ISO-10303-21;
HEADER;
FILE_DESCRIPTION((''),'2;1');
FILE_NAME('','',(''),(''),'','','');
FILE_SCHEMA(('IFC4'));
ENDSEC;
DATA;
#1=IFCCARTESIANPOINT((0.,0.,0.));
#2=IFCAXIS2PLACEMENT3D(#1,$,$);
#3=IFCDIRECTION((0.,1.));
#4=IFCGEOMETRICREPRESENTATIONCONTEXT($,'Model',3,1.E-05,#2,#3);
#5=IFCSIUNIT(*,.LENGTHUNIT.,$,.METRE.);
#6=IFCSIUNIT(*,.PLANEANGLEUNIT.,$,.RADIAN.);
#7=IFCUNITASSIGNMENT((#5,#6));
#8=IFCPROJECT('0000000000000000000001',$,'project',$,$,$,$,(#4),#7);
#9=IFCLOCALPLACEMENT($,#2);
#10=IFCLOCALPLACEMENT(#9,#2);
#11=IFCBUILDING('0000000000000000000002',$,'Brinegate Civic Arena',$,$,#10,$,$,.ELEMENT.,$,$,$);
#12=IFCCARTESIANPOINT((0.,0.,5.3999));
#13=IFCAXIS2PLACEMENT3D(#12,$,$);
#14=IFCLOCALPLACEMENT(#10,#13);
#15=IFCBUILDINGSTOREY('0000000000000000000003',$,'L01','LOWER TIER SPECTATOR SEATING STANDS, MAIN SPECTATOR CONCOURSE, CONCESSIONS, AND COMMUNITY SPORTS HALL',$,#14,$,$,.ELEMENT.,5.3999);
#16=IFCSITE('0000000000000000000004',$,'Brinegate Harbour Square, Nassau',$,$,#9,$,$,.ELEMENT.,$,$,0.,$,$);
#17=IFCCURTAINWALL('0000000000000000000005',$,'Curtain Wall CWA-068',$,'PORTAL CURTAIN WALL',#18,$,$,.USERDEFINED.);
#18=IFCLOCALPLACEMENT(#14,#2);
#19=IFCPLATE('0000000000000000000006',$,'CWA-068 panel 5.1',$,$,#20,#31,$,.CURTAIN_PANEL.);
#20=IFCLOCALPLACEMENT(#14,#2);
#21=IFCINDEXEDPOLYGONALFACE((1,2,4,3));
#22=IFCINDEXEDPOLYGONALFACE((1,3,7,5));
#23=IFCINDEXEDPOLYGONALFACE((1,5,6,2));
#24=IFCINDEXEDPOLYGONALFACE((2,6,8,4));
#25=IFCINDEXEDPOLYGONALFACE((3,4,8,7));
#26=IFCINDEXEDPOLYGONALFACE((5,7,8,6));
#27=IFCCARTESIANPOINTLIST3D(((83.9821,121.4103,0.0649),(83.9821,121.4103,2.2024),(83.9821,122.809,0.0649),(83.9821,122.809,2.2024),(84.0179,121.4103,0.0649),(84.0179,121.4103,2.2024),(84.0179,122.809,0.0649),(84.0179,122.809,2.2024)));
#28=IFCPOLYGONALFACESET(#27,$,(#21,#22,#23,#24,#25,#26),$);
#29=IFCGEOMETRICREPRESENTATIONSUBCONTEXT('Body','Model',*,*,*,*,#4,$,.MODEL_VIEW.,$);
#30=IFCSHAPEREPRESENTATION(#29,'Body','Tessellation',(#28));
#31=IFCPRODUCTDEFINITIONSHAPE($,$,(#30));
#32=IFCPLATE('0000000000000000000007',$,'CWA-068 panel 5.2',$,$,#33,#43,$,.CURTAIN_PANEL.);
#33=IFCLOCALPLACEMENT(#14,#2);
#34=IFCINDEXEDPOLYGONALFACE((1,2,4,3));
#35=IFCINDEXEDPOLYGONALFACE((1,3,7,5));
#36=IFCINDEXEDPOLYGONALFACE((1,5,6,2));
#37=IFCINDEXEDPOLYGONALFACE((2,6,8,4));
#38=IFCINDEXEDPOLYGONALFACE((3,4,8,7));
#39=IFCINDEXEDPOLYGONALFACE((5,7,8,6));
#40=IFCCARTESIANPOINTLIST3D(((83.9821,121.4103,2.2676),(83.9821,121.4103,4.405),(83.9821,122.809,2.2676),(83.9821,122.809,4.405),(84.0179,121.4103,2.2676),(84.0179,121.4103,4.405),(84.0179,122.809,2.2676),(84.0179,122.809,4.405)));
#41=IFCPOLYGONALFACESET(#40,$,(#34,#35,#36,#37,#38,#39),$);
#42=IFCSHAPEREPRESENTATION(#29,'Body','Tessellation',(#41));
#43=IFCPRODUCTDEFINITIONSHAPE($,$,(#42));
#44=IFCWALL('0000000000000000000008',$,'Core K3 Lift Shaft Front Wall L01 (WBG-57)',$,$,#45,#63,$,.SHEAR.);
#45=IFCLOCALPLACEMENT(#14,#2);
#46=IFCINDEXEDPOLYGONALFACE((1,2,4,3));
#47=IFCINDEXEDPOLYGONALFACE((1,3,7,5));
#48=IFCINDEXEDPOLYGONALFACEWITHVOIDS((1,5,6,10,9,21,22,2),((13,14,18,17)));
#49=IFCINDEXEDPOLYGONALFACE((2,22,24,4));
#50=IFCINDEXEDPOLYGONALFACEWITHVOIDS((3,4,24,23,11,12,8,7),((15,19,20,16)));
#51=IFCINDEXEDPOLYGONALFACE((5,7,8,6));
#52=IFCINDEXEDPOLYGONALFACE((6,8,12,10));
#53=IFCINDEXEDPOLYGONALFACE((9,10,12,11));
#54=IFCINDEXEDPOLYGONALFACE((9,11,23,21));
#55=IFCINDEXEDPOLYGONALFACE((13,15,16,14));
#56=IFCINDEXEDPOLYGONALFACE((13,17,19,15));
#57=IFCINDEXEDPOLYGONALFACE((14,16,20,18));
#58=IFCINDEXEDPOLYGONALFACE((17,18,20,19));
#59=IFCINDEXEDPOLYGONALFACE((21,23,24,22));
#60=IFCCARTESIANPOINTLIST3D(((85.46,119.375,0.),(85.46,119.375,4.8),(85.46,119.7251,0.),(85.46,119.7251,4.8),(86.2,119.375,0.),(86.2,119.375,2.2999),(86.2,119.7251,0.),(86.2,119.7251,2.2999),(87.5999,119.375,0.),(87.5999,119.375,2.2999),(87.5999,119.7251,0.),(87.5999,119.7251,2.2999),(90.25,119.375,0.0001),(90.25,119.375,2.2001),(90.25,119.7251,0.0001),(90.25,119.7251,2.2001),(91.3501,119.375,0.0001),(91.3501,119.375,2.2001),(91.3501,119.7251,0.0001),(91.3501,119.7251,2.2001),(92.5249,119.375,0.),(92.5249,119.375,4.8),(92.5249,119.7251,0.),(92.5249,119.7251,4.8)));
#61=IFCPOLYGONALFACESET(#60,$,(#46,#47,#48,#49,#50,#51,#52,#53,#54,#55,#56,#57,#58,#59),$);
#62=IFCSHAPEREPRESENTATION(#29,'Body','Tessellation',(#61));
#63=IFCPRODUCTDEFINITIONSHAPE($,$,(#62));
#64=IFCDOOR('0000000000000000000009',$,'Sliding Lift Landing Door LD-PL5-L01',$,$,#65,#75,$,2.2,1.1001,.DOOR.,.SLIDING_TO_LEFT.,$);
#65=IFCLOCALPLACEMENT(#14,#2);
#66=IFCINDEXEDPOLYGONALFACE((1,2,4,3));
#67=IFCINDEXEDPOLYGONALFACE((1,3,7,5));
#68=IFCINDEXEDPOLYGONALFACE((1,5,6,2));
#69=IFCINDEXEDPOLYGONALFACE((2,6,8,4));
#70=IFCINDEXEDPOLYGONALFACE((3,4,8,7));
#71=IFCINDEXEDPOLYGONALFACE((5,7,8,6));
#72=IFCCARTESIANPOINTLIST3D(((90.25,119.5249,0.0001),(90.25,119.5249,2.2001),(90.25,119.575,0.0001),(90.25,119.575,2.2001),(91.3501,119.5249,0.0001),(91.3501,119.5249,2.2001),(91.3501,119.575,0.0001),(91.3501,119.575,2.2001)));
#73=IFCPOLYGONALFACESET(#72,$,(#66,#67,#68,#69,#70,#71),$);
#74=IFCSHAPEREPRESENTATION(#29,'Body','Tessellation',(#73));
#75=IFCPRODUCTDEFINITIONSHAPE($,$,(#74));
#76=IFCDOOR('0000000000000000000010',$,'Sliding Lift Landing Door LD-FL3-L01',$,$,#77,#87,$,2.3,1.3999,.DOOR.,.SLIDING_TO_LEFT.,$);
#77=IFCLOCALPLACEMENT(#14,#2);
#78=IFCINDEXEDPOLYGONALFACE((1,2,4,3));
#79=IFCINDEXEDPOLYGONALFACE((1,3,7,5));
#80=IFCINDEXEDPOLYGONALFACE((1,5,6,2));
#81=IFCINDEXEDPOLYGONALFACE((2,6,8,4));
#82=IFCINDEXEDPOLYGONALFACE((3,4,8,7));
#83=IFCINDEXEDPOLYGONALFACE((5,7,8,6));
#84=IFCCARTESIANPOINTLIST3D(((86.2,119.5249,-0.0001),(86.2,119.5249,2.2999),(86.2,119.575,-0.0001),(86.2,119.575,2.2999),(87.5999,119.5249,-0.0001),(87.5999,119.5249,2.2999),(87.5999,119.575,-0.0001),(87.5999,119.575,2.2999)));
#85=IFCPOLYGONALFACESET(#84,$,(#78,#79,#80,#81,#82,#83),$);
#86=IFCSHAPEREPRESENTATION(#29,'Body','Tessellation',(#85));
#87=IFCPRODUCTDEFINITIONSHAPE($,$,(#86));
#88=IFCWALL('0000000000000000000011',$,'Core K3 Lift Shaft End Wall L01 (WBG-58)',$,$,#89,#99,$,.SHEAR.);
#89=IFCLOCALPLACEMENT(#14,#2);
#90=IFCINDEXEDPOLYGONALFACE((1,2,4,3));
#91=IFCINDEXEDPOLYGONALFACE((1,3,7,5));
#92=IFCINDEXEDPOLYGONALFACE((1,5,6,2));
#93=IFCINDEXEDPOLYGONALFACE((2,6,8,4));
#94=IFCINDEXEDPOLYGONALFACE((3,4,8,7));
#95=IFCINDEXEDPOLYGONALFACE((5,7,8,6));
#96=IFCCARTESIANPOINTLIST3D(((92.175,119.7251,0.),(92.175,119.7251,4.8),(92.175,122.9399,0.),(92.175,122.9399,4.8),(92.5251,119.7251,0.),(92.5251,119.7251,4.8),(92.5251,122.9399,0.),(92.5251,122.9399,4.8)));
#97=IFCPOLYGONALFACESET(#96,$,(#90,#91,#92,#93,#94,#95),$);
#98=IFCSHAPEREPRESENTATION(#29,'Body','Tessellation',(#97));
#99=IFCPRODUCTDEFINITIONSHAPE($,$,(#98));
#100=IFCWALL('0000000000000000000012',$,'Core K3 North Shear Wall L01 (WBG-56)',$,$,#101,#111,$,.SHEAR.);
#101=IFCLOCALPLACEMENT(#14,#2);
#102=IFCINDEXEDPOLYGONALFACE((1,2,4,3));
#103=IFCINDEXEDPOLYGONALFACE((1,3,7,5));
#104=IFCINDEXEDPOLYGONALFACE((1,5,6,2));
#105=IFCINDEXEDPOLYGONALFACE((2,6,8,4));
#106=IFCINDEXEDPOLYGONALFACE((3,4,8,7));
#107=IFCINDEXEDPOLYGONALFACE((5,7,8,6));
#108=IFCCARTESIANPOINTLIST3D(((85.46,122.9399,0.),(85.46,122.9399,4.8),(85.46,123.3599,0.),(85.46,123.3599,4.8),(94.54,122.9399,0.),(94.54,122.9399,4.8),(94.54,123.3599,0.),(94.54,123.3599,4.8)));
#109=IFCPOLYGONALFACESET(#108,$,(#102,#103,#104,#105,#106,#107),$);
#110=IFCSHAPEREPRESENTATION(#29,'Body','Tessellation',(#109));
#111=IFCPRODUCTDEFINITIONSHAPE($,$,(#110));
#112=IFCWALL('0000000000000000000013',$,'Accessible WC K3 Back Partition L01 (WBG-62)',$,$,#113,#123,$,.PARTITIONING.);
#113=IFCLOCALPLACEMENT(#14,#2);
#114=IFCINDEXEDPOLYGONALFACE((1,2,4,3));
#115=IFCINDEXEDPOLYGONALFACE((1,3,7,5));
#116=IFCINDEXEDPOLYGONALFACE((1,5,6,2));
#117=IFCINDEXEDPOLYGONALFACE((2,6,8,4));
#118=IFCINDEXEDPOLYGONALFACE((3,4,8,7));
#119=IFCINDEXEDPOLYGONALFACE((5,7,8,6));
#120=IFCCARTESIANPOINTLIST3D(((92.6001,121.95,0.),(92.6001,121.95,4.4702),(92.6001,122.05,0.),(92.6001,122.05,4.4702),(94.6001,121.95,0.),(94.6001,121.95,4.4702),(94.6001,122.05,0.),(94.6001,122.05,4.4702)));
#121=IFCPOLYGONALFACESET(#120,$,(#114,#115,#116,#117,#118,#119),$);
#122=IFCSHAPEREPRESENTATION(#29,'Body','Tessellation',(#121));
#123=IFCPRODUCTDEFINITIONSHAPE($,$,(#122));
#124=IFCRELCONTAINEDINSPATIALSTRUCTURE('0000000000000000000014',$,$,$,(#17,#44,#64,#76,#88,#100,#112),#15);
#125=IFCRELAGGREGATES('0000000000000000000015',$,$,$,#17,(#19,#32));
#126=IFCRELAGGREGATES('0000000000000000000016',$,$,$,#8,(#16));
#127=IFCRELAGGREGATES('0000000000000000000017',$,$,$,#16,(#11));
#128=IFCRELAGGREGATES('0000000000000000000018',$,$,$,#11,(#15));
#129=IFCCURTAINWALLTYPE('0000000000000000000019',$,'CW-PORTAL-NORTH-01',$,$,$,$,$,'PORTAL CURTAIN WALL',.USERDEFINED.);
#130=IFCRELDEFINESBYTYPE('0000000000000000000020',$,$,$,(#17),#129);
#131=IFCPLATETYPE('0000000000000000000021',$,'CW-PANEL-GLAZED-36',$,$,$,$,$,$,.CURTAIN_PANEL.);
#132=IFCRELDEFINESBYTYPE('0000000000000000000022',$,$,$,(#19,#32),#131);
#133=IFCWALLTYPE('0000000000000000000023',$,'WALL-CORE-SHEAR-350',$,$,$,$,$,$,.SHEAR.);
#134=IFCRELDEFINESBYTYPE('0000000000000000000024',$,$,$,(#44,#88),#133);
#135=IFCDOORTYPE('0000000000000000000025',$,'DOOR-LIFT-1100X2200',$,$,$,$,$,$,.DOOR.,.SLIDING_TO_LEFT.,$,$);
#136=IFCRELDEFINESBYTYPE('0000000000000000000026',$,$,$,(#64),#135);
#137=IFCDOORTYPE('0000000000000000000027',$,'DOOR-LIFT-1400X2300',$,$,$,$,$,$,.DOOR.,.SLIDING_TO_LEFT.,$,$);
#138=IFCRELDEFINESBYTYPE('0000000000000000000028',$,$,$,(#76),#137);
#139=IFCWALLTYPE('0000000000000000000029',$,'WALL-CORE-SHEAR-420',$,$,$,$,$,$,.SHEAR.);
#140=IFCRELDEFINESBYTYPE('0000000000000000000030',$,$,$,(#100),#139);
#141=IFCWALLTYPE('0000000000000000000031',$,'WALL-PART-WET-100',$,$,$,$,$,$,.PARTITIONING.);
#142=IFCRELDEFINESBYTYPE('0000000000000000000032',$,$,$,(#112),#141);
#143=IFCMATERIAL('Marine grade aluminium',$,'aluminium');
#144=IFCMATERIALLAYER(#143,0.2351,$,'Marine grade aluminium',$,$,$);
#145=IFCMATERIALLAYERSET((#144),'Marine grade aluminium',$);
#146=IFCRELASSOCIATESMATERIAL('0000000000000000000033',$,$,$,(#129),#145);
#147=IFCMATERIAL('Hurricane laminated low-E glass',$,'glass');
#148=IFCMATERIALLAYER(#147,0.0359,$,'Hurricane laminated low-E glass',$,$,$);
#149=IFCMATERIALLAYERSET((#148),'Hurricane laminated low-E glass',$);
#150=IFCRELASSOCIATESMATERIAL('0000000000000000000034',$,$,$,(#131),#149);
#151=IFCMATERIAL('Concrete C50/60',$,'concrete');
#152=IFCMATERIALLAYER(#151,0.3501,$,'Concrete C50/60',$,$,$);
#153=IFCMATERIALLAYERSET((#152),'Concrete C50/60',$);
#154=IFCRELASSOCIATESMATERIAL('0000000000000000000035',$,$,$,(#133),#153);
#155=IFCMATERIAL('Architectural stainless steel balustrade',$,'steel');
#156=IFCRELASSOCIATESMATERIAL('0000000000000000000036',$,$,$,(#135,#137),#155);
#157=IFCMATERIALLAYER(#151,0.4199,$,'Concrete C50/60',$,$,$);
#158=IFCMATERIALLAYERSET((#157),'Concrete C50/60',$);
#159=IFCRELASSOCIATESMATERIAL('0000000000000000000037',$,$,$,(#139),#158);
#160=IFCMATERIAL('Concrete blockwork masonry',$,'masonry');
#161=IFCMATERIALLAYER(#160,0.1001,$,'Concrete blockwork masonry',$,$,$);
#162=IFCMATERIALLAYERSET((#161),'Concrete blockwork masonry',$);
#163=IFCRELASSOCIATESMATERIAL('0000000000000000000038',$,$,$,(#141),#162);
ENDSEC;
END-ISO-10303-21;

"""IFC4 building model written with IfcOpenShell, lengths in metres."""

from ifc_helpers import new_model, si_unit, direction, frame, frame_2d, origin, origin_2d, place, context, subcontext, project, spatial, rectangle, extrude, material, layer, layer_set, type_object, element, fill, aggregate, save


model = new_model("IFC4")

# Units and contexts
model_context = context("Model", 3, precision=1e-05, world=origin(), true_north=direction((0.0, 1.0)))
body_context = subcontext(model_context, "Body", "Model", "MODEL_VIEW")
ifc_project = project(units=[si_unit("LENGTHUNIT", "METRE"), si_unit("PLANEANGLEUNIT", "RADIAN")], contexts=[model_context])

# Site, building, storey
site_placement = place(None, origin())
site = spatial("IfcSite", under=ifc_project, at=site_placement, Name="Brinegate Harbour Square, Nassau", CompositionType="ELEMENT", RefElevation=0.0)
building_placement = place(site_placement, origin())
building = spatial("IfcBuilding", under=site, at=building_placement, Name="Brinegate Civic Arena", CompositionType="ELEMENT")
storey_placement = place(building_placement, frame((0.0, 0.0, 5.3999)))
storey = spatial("IfcBuildingStorey", under=building, at=storey_placement, Name="L01", Description="LOWER TIER SPECTATOR SEATING STANDS, MAIN SPECTATOR CONCOURSE, CONCESSIONS, AND COMMUNITY SPORTS HALL", CompositionType="ELEMENT", Elevation=5.3999)

# Curtain wall, plates
ifc_material_1 = material(Name="Marine grade aluminium", Category="aluminium")
ifc_layer_1 = layer(ifc_material_1, 0.2351, Name="Marine grade aluminium")
ifc_layer_set_1 = layer_set([ifc_layer_1], Name="Marine grade aluminium")
curtain_wall_type = type_object("IfcCurtainWallType", Name="CW-PORTAL-NORTH-01", ElementType="PORTAL CURTAIN WALL", PredefinedType="USERDEFINED", material=ifc_layer_set_1)
curtain_wall_placement = place(storey_placement, origin())
curtain_wall = element("IfcCurtainWall", 1, at=curtain_wall_placement, inside=storey, type_object=curtain_wall_type, Name="Curtain Wall CWA-068", ObjectType="PORTAL CURTAIN WALL", PredefinedType="USERDEFINED")
ifc_material_2 = material(Name="Hurricane laminated low-E glass", Category="glass")
ifc_layer_2 = layer(ifc_material_2, 0.0359, Name="Hurricane laminated low-E glass")
ifc_layer_set_2 = layer_set([ifc_layer_2], Name="Hurricane laminated low-E glass")
plate_type = type_object("IfcPlateType", Name="CW-PANEL-GLAZED-36", PredefinedType="CURTAIN_PANEL", material=ifc_layer_set_2)
plate_1_placement = place(storey_placement, frame((84.0, 122.1096, 0.0649), z_axis=(0.0, 0.0, 1.0), x_axis=(0.0, 1.0, 0.0)))
plate_1 = element("IfcPlate", 2, at=plate_1_placement, type_object=plate_type, Name="CWA-068 panel 5.1", PredefinedType="CURTAIN_PANEL", context=body_context, shape_type="SweptSolid", body=[
    extrude(rectangle(XDim=1.3987, YDim=0.0359, at=origin_2d()), origin(), (0.0, 0.0, 1.0), 2.1375),
])
plate_2_placement = place(storey_placement, frame((84.0, 122.1096, 2.2676), z_axis=(0.0, 0.0, 1.0), x_axis=(0.0, 1.0, 0.0)))
plate_2 = element("IfcPlate", 3, at=plate_2_placement, type_object=plate_type, Name="CWA-068 panel 5.2", PredefinedType="CURTAIN_PANEL", context=body_context, shape_type="SweptSolid", body=[
    extrude(rectangle(XDim=1.3987, YDim=0.0359, at=origin_2d()), origin(), (0.0, 0.0, 1.0), 2.1375),
])
aggregate(curtain_wall, [plate_1, plate_2])

# Wall, openings, doors
ifc_material_3 = material(Name="Concrete C50/60", Category="concrete")
ifc_layer_3 = layer(ifc_material_3, 0.3501, Name="Concrete C50/60")
ifc_layer_set_3 = layer_set([ifc_layer_3], Name="Concrete C50/60")
wall_type_1 = type_object("IfcWallType", Name="WALL-CORE-SHEAR-350", PredefinedType="SHEAR", material=ifc_layer_set_3)
wall_1_placement = place(storey_placement, frame((85.46, 119.55, 0.0), z_axis=(0.0, 0.0, 1.0), x_axis=(1.0, 0.0, 0.0)))
wall_1 = element("IfcWall", 4, at=wall_1_placement, inside=storey, type_object=wall_type_1, Name="Core K3 Lift Shaft Front Wall L01 (WBG-57)", PredefinedType="SHEAR", context=body_context, shape_type="SweptSolid", body=[
    extrude(rectangle(XDim=7.0649, YDim=0.3501, at=frame_2d((3.5325, 0.0))), origin(), (0.0, 0.0, 1.0), 4.8),
])
opening_1_placement = place(wall_1_placement, frame((0.74, 0.0, 0.0)))
opening_1 = element("IfcOpeningElement", 5, at=opening_1_placement, cuts=wall_1, PredefinedType="OPENING", context=body_context, shape_type="SweptSolid", body=[
    extrude(rectangle(XDim=1.3999, YDim=2.3, at=frame_2d((0.7, 1.1499))), frame((0.0, 0.1851, 0.0), z_axis=(0.0, -1.0, 0.0), x_axis=(1.0, 0.0, 0.0)), (0.0, 0.0, 1.0), 0.3701),
])
opening_2_placement = place(wall_1_placement, frame((4.79, 0.0, 0.0)))
opening_2 = element("IfcOpeningElement", 6, at=opening_2_placement, cuts=wall_1, PredefinedType="OPENING", context=body_context, shape_type="SweptSolid", body=[
    extrude(rectangle(XDim=1.1001, YDim=2.2, at=frame_2d((0.55, 1.1001))), frame((0.0, 0.1851, 0.0), z_axis=(0.0, -1.0, 0.0), x_axis=(1.0, 0.0, 0.0)), (0.0, 0.0, 1.0), 0.3701),
])
ifc_material_4 = material(Name="Architectural stainless steel balustrade", Category="steel")
door_type_1 = type_object("IfcDoorType", Name="DOOR-LIFT-1100X2200", OperationType="SLIDING_TO_LEFT", PredefinedType="DOOR", material=ifc_material_4)
door_1_placement = place(opening_2_placement, origin())
door_1 = element("IfcDoor", 7, at=door_1_placement, inside=storey, type_object=door_type_1, Name="Sliding Lift Landing Door LD-PL5-L01", OperationType="SLIDING_TO_LEFT", OverallHeight=2.2, OverallWidth=1.1001, PredefinedType="DOOR", context=body_context, shape_type="SweptSolid", body=[
    extrude(rectangle(XDim=1.1001, YDim=2.2, at=frame_2d((0.55, 1.1001))), frame((0.0, 0.0249, 0.0), z_axis=(0.0, -1.0, 0.0), x_axis=(1.0, 0.0, 0.0)), (0.0, 0.0, 1.0), 0.05),
])
fill(opening_2, door_1)
door_type_2 = type_object("IfcDoorType", Name="DOOR-LIFT-1400X2300", OperationType="SLIDING_TO_LEFT", PredefinedType="DOOR", material=ifc_material_4)
door_2_placement = place(opening_1_placement, origin())
door_2 = element("IfcDoor", 8, at=door_2_placement, inside=storey, type_object=door_type_2, Name="Sliding Lift Landing Door LD-FL3-L01", OperationType="SLIDING_TO_LEFT", OverallHeight=2.3, OverallWidth=1.3999, PredefinedType="DOOR", context=body_context, shape_type="SweptSolid", body=[
    extrude(rectangle(XDim=1.3999, YDim=2.3, at=frame_2d((0.7, 1.1499))), frame((0.0, 0.0249, 0.0), z_axis=(0.0, -1.0, 0.0), x_axis=(1.0, 0.0, 0.0)), (0.0, 0.0, 1.0), 0.05),
])
fill(opening_1, door_2)

# Walls
wall_2_placement = place(storey_placement, frame((92.3501, 119.7251, 0.0), z_axis=(0.0, 0.0, 1.0), x_axis=(0.0, 1.0, 0.0)))
element("IfcWall", 9, at=wall_2_placement, inside=storey, type_object=wall_type_1, Name="Core K3 Lift Shaft End Wall L01 (WBG-58)", PredefinedType="SHEAR", context=body_context, shape_type="SweptSolid", body=[
    extrude(rectangle(XDim=3.2148, YDim=0.3501, at=frame_2d((1.6074, 0.0))), origin(), (0.0, 0.0, 1.0), 4.8),
])
ifc_layer_4 = layer(ifc_material_3, 0.4199, Name="Concrete C50/60")
ifc_layer_set_4 = layer_set([ifc_layer_4], Name="Concrete C50/60")
wall_type_2 = type_object("IfcWallType", Name="WALL-CORE-SHEAR-420", PredefinedType="SHEAR", material=ifc_layer_set_4)
wall_3_placement = place(storey_placement, frame((85.46, 123.1499, 0.0), z_axis=(0.0, 0.0, 1.0), x_axis=(1.0, 0.0, 0.0)))
element("IfcWall", 10, at=wall_3_placement, inside=storey, type_object=wall_type_2, Name="Core K3 North Shear Wall L01 (WBG-56)", PredefinedType="SHEAR", context=body_context, shape_type="SweptSolid", body=[
    extrude(rectangle(XDim=9.0801, YDim=0.4199, at=frame_2d((4.54, 0.0))), origin(), (0.0, 0.0, 1.0), 4.8),
])
ifc_material_5 = material(Name="Concrete blockwork masonry", Category="masonry")
ifc_layer_5 = layer(ifc_material_5, 0.1001, Name="Concrete blockwork masonry")
ifc_layer_set_5 = layer_set([ifc_layer_5], Name="Concrete blockwork masonry")
wall_type_3 = type_object("IfcWallType", Name="WALL-PART-WET-100", PredefinedType="PARTITIONING", material=ifc_layer_set_5)
wall_4_placement = place(storey_placement, frame((92.6001, 122.0, 0.0), z_axis=(0.0, 0.0, 1.0), x_axis=(1.0, 0.0, 0.0)))
element("IfcWall", 11, at=wall_4_placement, inside=storey, type_object=wall_type_3, Name="Accessible WC K3 Back Partition L01 (WBG-62)", PredefinedType="PARTITIONING", context=body_context, shape_type="SweptSolid", body=[
    extrude(rectangle(XDim=2.0, YDim=0.1001, at=frame_2d((1.0, 0.0))), origin(), (0.0, 0.0, 1.0), 4.4702),
])

save(model, "model.ifc")
